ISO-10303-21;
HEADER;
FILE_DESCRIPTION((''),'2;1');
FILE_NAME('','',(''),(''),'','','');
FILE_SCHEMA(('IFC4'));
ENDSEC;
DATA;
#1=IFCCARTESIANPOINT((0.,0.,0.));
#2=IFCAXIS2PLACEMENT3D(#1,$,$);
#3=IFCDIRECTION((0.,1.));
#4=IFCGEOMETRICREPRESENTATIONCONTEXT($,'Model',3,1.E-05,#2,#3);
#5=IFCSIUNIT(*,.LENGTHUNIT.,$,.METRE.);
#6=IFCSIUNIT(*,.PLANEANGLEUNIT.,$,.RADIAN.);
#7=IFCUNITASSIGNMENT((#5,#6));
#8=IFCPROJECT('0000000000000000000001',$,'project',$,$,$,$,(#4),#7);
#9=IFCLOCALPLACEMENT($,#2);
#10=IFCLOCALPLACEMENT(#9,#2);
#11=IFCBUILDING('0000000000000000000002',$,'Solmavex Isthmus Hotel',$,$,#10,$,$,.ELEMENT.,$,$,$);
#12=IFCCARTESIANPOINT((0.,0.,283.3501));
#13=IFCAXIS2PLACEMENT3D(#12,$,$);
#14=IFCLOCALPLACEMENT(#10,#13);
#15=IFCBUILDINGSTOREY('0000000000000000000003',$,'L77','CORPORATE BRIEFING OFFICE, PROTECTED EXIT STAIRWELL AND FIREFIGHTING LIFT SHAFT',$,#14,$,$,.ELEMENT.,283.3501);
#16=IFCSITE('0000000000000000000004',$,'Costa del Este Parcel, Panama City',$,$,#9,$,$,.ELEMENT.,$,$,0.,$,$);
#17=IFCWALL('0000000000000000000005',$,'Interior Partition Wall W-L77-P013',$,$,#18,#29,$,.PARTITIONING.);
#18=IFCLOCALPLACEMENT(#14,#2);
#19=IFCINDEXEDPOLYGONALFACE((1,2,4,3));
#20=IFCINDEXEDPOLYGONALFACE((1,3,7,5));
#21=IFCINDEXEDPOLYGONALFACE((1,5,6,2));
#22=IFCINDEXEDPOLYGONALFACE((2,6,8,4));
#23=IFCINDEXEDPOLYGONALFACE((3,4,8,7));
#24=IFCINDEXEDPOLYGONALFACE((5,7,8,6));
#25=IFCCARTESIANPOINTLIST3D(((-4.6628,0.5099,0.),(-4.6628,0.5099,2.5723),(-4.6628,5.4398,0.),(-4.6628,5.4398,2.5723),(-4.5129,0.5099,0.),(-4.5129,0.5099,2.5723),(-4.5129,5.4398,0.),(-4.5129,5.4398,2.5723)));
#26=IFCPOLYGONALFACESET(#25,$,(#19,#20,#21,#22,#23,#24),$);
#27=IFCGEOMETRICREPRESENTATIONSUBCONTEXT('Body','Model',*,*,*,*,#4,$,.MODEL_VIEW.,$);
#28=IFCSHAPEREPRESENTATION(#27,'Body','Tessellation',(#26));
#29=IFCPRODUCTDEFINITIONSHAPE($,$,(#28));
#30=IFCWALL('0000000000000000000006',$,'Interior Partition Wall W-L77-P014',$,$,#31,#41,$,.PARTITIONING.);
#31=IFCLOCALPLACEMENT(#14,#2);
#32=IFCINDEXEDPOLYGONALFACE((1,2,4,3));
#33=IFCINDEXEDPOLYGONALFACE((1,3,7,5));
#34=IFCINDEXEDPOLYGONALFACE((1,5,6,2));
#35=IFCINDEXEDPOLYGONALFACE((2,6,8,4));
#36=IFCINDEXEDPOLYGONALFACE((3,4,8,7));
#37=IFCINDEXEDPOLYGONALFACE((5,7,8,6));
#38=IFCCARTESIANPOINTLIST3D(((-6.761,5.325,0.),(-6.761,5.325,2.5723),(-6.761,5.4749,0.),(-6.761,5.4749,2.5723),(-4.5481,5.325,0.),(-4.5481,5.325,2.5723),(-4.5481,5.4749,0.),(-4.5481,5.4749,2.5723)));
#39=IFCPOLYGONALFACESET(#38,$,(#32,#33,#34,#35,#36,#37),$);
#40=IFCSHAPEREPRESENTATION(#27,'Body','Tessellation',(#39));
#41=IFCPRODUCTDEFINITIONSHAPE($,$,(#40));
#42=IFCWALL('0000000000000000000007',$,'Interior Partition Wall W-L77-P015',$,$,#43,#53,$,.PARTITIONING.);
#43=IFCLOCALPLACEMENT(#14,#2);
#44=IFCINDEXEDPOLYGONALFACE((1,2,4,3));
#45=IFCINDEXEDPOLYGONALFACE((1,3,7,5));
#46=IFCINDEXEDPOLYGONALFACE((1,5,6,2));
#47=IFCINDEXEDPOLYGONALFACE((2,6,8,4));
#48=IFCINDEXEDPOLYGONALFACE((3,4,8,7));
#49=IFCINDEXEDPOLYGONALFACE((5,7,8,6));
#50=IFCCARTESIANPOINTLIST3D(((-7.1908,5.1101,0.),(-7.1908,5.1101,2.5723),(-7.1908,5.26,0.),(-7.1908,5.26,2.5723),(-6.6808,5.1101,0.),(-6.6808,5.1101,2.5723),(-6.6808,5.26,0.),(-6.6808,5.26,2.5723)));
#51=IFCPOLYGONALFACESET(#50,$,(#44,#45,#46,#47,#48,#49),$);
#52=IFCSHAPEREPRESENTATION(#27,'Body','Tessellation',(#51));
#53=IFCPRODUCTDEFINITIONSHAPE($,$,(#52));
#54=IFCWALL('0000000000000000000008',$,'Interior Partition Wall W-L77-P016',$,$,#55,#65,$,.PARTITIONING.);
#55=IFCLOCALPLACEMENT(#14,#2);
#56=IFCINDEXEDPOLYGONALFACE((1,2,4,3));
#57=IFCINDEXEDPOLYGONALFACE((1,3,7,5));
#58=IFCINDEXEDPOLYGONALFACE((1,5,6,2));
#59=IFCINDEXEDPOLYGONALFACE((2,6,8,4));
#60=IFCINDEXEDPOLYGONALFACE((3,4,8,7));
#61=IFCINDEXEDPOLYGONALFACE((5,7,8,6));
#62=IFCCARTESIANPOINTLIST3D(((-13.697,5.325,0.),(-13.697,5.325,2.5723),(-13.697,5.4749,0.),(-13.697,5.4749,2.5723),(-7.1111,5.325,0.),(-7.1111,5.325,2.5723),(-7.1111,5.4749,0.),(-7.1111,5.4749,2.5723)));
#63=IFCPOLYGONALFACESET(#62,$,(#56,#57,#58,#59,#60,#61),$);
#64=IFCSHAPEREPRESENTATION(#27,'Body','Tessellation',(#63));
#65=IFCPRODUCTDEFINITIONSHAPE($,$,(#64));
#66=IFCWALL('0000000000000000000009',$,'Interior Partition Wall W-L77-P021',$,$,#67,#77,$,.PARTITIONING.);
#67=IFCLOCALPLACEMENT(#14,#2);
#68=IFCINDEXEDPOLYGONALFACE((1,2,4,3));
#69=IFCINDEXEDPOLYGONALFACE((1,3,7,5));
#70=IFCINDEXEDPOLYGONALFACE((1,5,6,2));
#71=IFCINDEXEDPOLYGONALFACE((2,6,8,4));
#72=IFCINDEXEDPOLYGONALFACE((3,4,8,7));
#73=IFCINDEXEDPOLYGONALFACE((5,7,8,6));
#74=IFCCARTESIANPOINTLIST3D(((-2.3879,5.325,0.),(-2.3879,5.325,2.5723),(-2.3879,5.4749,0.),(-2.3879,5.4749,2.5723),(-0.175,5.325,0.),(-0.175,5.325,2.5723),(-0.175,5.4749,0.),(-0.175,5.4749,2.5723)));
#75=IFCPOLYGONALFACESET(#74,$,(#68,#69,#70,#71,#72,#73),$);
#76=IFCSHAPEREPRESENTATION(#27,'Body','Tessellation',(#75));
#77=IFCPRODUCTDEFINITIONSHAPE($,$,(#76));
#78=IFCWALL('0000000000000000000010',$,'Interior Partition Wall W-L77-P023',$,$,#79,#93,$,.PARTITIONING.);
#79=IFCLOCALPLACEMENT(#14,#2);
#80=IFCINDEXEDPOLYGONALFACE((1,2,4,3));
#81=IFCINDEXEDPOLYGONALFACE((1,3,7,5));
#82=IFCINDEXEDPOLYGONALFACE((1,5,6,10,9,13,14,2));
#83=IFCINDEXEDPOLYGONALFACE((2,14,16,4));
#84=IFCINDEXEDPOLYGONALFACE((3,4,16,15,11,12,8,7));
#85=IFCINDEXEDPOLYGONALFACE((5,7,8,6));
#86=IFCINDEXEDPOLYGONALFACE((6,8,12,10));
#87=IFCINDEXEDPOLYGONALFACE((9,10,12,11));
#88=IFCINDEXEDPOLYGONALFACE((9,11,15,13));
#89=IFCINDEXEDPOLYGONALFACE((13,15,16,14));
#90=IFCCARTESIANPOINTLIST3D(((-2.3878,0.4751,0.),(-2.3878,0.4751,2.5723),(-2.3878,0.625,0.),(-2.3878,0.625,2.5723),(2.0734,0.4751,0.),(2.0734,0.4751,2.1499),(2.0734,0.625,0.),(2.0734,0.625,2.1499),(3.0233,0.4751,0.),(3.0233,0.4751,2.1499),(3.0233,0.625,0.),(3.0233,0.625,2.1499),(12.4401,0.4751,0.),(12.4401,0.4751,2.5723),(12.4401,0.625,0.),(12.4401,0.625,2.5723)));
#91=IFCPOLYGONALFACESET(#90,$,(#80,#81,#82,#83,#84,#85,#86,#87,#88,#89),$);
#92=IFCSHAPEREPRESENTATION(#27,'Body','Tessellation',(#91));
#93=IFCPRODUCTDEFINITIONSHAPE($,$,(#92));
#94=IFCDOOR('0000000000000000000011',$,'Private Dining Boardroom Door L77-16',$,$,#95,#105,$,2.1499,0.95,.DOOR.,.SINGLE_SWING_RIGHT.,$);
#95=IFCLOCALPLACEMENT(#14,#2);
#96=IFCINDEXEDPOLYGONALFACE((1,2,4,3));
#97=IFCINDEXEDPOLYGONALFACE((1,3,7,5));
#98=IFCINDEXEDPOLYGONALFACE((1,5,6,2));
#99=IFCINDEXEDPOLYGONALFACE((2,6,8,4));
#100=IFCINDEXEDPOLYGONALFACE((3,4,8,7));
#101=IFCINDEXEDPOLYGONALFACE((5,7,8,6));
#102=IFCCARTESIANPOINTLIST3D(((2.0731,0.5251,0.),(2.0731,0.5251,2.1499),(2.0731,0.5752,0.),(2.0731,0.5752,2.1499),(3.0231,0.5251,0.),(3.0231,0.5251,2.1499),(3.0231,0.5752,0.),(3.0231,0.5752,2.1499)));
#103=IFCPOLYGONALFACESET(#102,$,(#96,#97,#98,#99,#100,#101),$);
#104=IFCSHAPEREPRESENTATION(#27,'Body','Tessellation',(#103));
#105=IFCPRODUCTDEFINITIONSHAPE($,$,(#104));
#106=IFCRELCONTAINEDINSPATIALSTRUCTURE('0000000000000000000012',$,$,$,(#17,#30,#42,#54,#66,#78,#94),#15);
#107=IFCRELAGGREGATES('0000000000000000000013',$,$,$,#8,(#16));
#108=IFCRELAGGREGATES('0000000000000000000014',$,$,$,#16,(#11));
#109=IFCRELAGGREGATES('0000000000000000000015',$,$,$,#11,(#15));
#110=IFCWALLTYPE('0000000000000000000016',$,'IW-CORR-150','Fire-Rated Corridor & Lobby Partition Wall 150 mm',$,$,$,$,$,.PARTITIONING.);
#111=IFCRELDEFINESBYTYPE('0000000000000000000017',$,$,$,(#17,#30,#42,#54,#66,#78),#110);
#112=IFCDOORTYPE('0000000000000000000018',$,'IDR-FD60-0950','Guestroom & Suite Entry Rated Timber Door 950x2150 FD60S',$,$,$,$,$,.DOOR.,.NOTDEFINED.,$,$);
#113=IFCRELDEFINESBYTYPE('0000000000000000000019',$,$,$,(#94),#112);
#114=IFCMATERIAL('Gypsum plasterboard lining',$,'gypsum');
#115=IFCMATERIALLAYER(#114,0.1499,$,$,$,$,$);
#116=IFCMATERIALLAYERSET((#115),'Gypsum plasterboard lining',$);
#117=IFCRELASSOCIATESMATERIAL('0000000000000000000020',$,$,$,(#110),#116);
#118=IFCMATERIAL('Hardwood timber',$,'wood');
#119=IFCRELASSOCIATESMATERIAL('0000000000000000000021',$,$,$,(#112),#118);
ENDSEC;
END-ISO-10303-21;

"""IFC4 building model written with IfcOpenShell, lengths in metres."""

from ifc_helpers import new_model, si_unit, direction, frame, frame_2d, origin, place, context, subcontext, project, spatial, rectangle, extrude, material, layer, layer_set, type_object, element, fill, save


model = new_model("IFC4")

# Units and contexts
model_context = context("Model", 3, precision=1e-05, world=origin(), true_north=direction((0.0, 1.0)))
body_context = subcontext(model_context, "Body", "Model", "MODEL_VIEW")
ifc_project = project(units=[si_unit("LENGTHUNIT", "METRE"), si_unit("PLANEANGLEUNIT", "RADIAN")], contexts=[model_context])

# Site, building, storey
site_placement = place(None, origin())
site = spatial("IfcSite", under=ifc_project, at=site_placement, Name="Costa del Este Parcel, Panama City", CompositionType="ELEMENT", RefElevation=0.0)
building_placement = place(site_placement, origin())
building = spatial("IfcBuilding", under=site, at=building_placement, Name="Solmavex Isthmus Hotel", CompositionType="ELEMENT")
storey_placement = place(building_placement, frame((0.0, 0.0, 283.3501)))
storey = spatial("IfcBuildingStorey", under=building, at=storey_placement, Name="L77", Description="CORPORATE BRIEFING OFFICE, PROTECTED EXIT STAIRWELL AND FIREFIGHTING LIFT SHAFT", CompositionType="ELEMENT", Elevation=283.3501)

# Shared definitions
ifc_material_1 = material(Name="Gypsum plasterboard lining", Category="gypsum")
ifc_layer_1 = layer(ifc_material_1, 0.1499)
ifc_layer_set_1 = layer_set([ifc_layer_1], Name="Gypsum plasterboard lining")
wall_type_1 = type_object("IfcWallType", Name="IW-CORR-150", Description="Fire-Rated Corridor & Lobby Partition Wall 150 mm", PredefinedType="PARTITIONING", material=ifc_layer_set_1)

# Shared definitions
ifc_material_2 = material(Name="Hardwood timber", Category="wood")
door_type = type_object("IfcDoorType", Name="IDR-FD60-0950", Description="Guestroom & Suite Entry Rated Timber Door 950x2150 FD60S", OperationType="NOTDEFINED", PredefinedType="DOOR", material=ifc_material_2)

# Walls
wall_1_placement = place(storey_placement, frame((-4.5879, 0.51, 0.0), z_axis=(0.0, 0.0, 1.0), x_axis=(0.0, 1.0, 0.0)))
element("IfcWall", 1, at=wall_1_placement, inside=storey, type_object=wall_type_1, Name="Interior Partition Wall W-L77-P013", PredefinedType="PARTITIONING", context=body_context, shape_type="SweptSolid", body=[
    extrude(rectangle(XDim=4.9299, YDim=0.1499, at=frame_2d((2.4648, 0.0))), origin(), (0.0, 0.0, 1.0), 2.5723),
])
wall_2_placement = place(storey_placement, frame((-4.5481, 5.3999, 0.0), z_axis=(0.0, 0.0, 1.0), x_axis=(-1.0, 0.0, 0.0)))
element("IfcWall", 2, at=wall_2_placement, inside=storey, type_object=wall_type_1, Name="Interior Partition Wall W-L77-P014", PredefinedType="PARTITIONING", context=body_context, shape_type="SweptSolid", body=[
    extrude(rectangle(XDim=2.2129, YDim=0.1499, at=frame_2d((1.1064, 0.0))), origin(), (0.0, 0.0, 1.0), 2.5723),
])
wall_3_placement = place(storey_placement, frame((-6.6809, 5.1851, 0.0), z_axis=(0.0, 0.0, 1.0), x_axis=(-1.0, 0.0, 0.0)))
element("IfcWall", 3, at=wall_3_placement, inside=storey, type_object=wall_type_1, Name="Interior Partition Wall W-L77-P015", PredefinedType="PARTITIONING", context=body_context, shape_type="SweptSolid", body=[
    extrude(rectangle(XDim=0.51, YDim=0.1499, at=frame_2d((0.2549, 0.0))), origin(), (0.0, 0.0, 1.0), 2.5723),
])
wall_4_placement = place(storey_placement, frame((-7.1111, 5.3999, 0.0), z_axis=(0.0, 0.0, 1.0), x_axis=(-1.0, 0.0, 0.0)))
element("IfcWall", 4, at=wall_4_placement, inside=storey, type_object=wall_type_1, Name="Interior Partition Wall W-L77-P016", PredefinedType="PARTITIONING", context=body_context, shape_type="SweptSolid", body=[
    extrude(rectangle(XDim=6.5859, YDim=0.1499, at=frame_2d((3.293, 0.0))), origin(), (0.0, 0.0, 1.0), 2.5723),
])
wall_5_placement = place(storey_placement, frame((-0.175, 5.3999, 0.0), z_axis=(0.0, 0.0, 1.0), x_axis=(-1.0, 0.0, 0.0)))
element("IfcWall", 5, at=wall_5_placement, inside=storey, type_object=wall_type_1, Name="Interior Partition Wall W-L77-P021", PredefinedType="PARTITIONING", context=body_context, shape_type="SweptSolid", body=[
    extrude(rectangle(XDim=2.2129, YDim=0.1499, at=frame_2d((1.1064, 0.0))), origin(), (0.0, 0.0, 1.0), 2.5723),
])

# Wall, opening, door
wall_6_placement = place(storey_placement, frame((-2.3879, 0.55, 0.0), z_axis=(0.0, 0.0, 1.0), x_axis=(1.0, 0.0, 0.0)))
wall_6 = element("IfcWall", 6, at=wall_6_placement, inside=storey, type_object=wall_type_1, Name="Interior Partition Wall W-L77-P023", PredefinedType="PARTITIONING", context=body_context, shape_type="SweptSolid", body=[
    extrude(rectangle(XDim=14.8279, YDim=0.1499, at=frame_2d((7.4141, 0.0))), origin(), (0.0, 0.0, 1.0), 2.5723),
])
opening_1_placement = place(wall_6_placement, frame((4.4612, 0.0, 0.0)))
opening_1 = element("IfcOpeningElement", 7, at=opening_1_placement, cuts=wall_6, PredefinedType="OPENING", context=body_context, shape_type="SweptSolid", body=[
    extrude(rectangle(XDim=0.95, YDim=2.1499, at=frame_2d((0.4751, 1.075))), frame((0.0, 0.085, 0.0), z_axis=(0.0, -1.0, 0.0), x_axis=(1.0, 0.0, 0.0)), (0.0, 0.0, 1.0), 0.1699),
])
door_1_placement = place(opening_1_placement, frame((0.95, 0.0, 0.0), z_axis=(0.0, 0.0, 1.0), x_axis=(-1.0, 0.0, 0.0)))
door_1 = element("IfcDoor", 8, at=door_1_placement, inside=storey, type_object=door_type, Name="Private Dining Boardroom Door L77-16", OperationType="SINGLE_SWING_RIGHT", OverallHeight=2.1499, OverallWidth=0.95, PredefinedType="DOOR", context=body_context, shape_type="SweptSolid", body=[
    extrude(rectangle(XDim=0.95, YDim=2.1499, at=frame_2d((0.4751, 1.075))), frame((0.0, 0.0249, 0.0), z_axis=(0.0, -1.0, 0.0), x_axis=(1.0, 0.0, 0.0)), (0.0, 0.0, 1.0), 0.05),
])
fill(opening_1, door_1)

save(model, "model.ifc")
